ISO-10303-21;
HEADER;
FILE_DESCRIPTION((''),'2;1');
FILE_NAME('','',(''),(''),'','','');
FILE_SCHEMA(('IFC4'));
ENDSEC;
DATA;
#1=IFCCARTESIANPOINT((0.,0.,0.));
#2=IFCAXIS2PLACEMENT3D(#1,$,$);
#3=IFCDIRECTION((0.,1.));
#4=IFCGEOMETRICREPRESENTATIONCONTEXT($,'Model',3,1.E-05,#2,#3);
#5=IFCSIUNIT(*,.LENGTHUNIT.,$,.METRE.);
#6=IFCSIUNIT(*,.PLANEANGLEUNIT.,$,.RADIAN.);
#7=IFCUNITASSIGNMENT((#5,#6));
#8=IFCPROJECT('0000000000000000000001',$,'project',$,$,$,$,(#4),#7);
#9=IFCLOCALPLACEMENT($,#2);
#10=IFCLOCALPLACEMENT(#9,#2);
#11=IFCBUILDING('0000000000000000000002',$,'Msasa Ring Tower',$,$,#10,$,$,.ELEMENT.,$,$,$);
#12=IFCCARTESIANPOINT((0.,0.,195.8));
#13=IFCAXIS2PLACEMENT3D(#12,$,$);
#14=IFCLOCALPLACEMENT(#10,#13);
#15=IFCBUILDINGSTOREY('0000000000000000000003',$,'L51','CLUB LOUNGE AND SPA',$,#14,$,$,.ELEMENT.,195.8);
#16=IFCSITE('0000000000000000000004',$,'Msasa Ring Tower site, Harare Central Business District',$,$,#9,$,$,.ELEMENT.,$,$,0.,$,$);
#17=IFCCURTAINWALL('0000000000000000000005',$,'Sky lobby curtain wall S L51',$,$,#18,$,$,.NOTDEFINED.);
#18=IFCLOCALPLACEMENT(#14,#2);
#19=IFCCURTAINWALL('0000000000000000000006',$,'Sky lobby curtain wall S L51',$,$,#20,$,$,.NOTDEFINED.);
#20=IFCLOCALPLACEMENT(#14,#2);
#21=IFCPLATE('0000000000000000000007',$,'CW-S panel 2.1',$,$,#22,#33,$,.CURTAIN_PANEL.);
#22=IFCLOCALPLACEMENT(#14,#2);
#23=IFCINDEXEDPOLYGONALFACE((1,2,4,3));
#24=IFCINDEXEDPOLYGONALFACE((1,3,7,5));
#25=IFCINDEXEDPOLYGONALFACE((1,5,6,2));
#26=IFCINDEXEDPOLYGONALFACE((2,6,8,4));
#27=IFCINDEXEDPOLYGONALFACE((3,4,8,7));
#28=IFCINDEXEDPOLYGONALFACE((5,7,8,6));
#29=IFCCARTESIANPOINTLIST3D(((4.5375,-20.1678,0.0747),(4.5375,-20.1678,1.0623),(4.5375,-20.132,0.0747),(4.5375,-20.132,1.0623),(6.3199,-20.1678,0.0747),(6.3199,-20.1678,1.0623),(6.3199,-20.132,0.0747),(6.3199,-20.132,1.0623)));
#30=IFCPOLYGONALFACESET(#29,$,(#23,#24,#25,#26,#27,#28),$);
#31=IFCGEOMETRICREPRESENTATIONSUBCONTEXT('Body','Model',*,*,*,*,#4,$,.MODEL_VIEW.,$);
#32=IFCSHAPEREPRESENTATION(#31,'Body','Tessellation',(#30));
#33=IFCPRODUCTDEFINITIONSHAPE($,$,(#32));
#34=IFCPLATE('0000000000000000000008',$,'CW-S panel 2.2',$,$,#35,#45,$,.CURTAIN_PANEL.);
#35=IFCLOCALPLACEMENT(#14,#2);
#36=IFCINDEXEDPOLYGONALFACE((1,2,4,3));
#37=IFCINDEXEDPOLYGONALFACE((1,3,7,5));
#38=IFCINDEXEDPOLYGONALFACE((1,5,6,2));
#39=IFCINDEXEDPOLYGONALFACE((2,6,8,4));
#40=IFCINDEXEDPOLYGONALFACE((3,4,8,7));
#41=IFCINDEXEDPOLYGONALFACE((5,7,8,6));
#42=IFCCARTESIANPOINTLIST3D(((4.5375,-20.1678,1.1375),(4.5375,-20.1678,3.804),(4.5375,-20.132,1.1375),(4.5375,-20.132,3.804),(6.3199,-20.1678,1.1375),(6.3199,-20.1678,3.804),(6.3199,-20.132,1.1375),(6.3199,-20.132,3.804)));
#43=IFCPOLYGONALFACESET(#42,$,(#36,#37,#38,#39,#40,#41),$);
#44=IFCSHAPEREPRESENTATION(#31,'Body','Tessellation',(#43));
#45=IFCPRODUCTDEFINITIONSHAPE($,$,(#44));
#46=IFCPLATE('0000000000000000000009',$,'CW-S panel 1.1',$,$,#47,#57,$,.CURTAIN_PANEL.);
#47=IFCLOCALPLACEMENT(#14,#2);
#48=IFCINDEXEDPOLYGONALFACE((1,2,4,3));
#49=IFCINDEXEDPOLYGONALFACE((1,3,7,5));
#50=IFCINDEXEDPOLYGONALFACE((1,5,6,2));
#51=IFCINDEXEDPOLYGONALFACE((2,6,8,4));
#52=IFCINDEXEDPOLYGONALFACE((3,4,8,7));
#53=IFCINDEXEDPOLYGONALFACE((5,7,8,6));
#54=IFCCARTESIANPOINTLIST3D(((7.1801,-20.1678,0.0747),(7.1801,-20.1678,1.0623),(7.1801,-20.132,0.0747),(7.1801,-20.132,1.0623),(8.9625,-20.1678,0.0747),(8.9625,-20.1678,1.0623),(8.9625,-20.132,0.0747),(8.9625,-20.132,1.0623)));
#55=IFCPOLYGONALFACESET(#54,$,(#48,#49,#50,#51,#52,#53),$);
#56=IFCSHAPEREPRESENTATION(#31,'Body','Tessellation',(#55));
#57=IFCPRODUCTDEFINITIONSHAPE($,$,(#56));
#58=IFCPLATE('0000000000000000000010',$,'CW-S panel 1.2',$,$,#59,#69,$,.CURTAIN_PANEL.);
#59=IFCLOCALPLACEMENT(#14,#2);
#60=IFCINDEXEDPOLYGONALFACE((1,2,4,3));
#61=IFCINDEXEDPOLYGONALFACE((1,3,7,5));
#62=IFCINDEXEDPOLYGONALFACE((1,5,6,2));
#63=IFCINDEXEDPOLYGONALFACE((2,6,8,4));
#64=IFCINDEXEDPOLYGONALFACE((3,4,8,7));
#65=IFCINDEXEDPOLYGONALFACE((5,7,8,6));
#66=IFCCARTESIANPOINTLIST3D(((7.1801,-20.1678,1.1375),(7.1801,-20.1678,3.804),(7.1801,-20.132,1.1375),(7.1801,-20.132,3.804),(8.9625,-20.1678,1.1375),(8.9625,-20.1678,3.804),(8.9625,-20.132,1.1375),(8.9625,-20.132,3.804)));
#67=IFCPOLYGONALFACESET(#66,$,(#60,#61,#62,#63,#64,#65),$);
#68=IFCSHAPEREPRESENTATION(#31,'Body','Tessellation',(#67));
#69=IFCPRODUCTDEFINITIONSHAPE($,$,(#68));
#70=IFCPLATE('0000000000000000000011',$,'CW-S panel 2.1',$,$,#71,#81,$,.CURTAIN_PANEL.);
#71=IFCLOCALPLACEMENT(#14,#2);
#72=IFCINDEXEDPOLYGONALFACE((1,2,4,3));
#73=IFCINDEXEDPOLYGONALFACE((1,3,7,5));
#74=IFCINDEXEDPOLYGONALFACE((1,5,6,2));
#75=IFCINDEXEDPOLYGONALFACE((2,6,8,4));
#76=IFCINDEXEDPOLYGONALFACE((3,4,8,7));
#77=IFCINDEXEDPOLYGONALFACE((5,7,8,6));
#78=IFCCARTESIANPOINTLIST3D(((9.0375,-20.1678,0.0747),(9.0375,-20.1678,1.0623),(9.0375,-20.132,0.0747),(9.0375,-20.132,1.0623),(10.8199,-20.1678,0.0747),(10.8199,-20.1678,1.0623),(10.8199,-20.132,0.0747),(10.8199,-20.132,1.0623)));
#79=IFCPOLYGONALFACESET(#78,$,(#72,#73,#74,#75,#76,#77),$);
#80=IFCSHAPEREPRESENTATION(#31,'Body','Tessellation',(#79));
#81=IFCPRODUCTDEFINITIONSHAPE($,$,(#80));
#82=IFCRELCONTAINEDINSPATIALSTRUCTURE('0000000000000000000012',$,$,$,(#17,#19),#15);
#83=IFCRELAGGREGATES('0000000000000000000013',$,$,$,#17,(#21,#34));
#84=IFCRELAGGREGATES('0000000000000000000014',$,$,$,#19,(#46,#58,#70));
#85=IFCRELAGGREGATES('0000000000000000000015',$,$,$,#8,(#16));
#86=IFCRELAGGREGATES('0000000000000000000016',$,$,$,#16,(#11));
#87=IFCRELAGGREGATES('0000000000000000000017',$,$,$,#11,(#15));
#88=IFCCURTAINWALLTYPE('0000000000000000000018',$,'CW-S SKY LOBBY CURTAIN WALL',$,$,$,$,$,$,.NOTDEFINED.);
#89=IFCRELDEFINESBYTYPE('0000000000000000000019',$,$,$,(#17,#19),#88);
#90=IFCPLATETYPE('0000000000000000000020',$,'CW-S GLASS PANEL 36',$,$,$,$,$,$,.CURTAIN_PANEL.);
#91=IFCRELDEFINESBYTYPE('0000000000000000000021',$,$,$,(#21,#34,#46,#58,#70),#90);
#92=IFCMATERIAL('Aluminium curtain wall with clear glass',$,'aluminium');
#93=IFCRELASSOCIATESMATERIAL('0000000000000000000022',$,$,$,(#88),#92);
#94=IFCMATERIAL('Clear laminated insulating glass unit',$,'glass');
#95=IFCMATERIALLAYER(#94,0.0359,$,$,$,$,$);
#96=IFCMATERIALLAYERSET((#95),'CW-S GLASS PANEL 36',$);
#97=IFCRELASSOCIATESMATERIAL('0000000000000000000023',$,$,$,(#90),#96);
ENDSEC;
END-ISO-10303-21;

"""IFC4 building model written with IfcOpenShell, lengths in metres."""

from ifc_helpers import new_model, si_unit, direction, frame, origin, origin_2d, place, context, subcontext, project, spatial, rectangle, extrude, material, layer, layer_set, type_object, element, aggregate, save


model = new_model("IFC4")

# Units and contexts
model_context = context("Model", 3, precision=1e-05, world=origin(), true_north=direction((0.0, 1.0)))
body_context = subcontext(model_context, "Body", "Model", "MODEL_VIEW")
ifc_project = project(units=[si_unit("LENGTHUNIT", "METRE"), si_unit("PLANEANGLEUNIT", "RADIAN")], contexts=[model_context])

# Site, building, storey
site_placement = place(None, origin())
site = spatial("IfcSite", under=ifc_project, at=site_placement, Name="Msasa Ring Tower site, Harare Central Business District", CompositionType="ELEMENT", RefElevation=0.0)
building_placement = place(site_placement, origin())
building = spatial("IfcBuilding", under=site, at=building_placement, Name="Msasa Ring Tower", CompositionType="ELEMENT")
storey_placement = place(building_placement, frame((0.0, 0.0, 195.8)))
storey = spatial("IfcBuildingStorey", under=building, at=storey_placement, Name="L51", Description="CLUB LOUNGE AND SPA", CompositionType="ELEMENT", Elevation=195.8)

# Shared definitions
ifc_material_1 = material(Name="Aluminium curtain wall with clear glass", Category="aluminium")
curtain_wall_type = type_object("IfcCurtainWallType", Name="CW-S SKY LOBBY CURTAIN WALL", PredefinedType="NOTDEFINED", material=ifc_material_1)

# Curtain walls
curtain_wall_1_placement = place(storey_placement, origin())
curtain_wall_1 = element("IfcCurtainWall", 1, at=curtain_wall_1_placement, inside=storey, type_object=curtain_wall_type, Name="Sky lobby curtain wall S L51", PredefinedType="NOTDEFINED")
curtain_wall_2_placement = place(storey_placement, origin())
curtain_wall_2 = element("IfcCurtainWall", 2, at=curtain_wall_2_placement, inside=storey, type_object=curtain_wall_type, Name="Sky lobby curtain wall S L51", PredefinedType="NOTDEFINED")

# Plates
ifc_material_2 = material(Name="Clear laminated insulating glass unit", Category="glass")
ifc_layer = layer(ifc_material_2, 0.0359)
ifc_layer_set = layer_set([ifc_layer], Name="CW-S GLASS PANEL 36")
plate_type = type_object("IfcPlateType", Name="CW-S GLASS PANEL 36", PredefinedType="CURTAIN_PANEL", material=ifc_layer_set)
plate_1_placement = place(storey_placement, frame((5.4287, -20.1499, 0.0747), z_axis=(0.0, 0.0, 1.0), x_axis=(1.0, 0.0, 0.0)))
plate_1 = element("IfcPlate", 3, at=plate_1_placement, type_object=plate_type, Name="CW-S panel 2.1", PredefinedType="CURTAIN_PANEL", context=body_context, shape_type="SweptSolid", body=[
    extrude(rectangle(XDim=1.7825, YDim=0.0359, at=origin_2d()), origin(), (0.0, 0.0, 1.0), 0.9875),
])
plate_2_placement = place(storey_placement, frame((5.4287, -20.1499, 1.1375), z_axis=(0.0, 0.0, 1.0), x_axis=(1.0, 0.0, 0.0)))
plate_2 = element("IfcPlate", 4, at=plate_2_placement, type_object=plate_type, Name="CW-S panel 2.2", PredefinedType="CURTAIN_PANEL", context=body_context, shape_type="SweptSolid", body=[
    extrude(rectangle(XDim=1.7825, YDim=0.0359, at=origin_2d()), origin(), (0.0, 0.0, 1.0), 2.6665),
])
aggregate(curtain_wall_1, [plate_1, plate_2])
plate_3_placement = place(storey_placement, frame((8.0713, -20.1499, 0.0747), z_axis=(0.0, 0.0, 1.0), x_axis=(1.0, 0.0, 0.0)))
plate_3 = element("IfcPlate", 5, at=plate_3_placement, type_object=plate_type, Name="CW-S panel 1.1", PredefinedType="CURTAIN_PANEL", context=body_context, shape_type="SweptSolid", body=[
    extrude(rectangle(XDim=1.7825, YDim=0.0359, at=origin_2d()), origin(), (0.0, 0.0, 1.0), 0.9875),
])
plate_4_placement = place(storey_placement, frame((8.0713, -20.1499, 1.1375), z_axis=(0.0, 0.0, 1.0), x_axis=(1.0, 0.0, 0.0)))
plate_4 = element("IfcPlate", 6, at=plate_4_placement, type_object=plate_type, Name="CW-S panel 1.2", PredefinedType="CURTAIN_PANEL", context=body_context, shape_type="SweptSolid", body=[
    extrude(rectangle(XDim=1.7825, YDim=0.0359, at=origin_2d()), origin(), (0.0, 0.0, 1.0), 2.6665),
])
plate_5_placement = place(storey_placement, frame((9.9287, -20.1499, 0.0747), z_axis=(0.0, 0.0, 1.0), x_axis=(1.0, 0.0, 0.0)))
plate_5 = element("IfcPlate", 7, at=plate_5_placement, type_object=plate_type, Name="CW-S panel 2.1", PredefinedType="CURTAIN_PANEL", context=body_context, shape_type="SweptSolid", body=[
    extrude(rectangle(XDim=1.7825, YDim=0.0359, at=origin_2d()), origin(), (0.0, 0.0, 1.0), 0.9875),
])
aggregate(curtain_wall_2, [plate_3, plate_4, plate_5])

save(model, "model.ifc")
